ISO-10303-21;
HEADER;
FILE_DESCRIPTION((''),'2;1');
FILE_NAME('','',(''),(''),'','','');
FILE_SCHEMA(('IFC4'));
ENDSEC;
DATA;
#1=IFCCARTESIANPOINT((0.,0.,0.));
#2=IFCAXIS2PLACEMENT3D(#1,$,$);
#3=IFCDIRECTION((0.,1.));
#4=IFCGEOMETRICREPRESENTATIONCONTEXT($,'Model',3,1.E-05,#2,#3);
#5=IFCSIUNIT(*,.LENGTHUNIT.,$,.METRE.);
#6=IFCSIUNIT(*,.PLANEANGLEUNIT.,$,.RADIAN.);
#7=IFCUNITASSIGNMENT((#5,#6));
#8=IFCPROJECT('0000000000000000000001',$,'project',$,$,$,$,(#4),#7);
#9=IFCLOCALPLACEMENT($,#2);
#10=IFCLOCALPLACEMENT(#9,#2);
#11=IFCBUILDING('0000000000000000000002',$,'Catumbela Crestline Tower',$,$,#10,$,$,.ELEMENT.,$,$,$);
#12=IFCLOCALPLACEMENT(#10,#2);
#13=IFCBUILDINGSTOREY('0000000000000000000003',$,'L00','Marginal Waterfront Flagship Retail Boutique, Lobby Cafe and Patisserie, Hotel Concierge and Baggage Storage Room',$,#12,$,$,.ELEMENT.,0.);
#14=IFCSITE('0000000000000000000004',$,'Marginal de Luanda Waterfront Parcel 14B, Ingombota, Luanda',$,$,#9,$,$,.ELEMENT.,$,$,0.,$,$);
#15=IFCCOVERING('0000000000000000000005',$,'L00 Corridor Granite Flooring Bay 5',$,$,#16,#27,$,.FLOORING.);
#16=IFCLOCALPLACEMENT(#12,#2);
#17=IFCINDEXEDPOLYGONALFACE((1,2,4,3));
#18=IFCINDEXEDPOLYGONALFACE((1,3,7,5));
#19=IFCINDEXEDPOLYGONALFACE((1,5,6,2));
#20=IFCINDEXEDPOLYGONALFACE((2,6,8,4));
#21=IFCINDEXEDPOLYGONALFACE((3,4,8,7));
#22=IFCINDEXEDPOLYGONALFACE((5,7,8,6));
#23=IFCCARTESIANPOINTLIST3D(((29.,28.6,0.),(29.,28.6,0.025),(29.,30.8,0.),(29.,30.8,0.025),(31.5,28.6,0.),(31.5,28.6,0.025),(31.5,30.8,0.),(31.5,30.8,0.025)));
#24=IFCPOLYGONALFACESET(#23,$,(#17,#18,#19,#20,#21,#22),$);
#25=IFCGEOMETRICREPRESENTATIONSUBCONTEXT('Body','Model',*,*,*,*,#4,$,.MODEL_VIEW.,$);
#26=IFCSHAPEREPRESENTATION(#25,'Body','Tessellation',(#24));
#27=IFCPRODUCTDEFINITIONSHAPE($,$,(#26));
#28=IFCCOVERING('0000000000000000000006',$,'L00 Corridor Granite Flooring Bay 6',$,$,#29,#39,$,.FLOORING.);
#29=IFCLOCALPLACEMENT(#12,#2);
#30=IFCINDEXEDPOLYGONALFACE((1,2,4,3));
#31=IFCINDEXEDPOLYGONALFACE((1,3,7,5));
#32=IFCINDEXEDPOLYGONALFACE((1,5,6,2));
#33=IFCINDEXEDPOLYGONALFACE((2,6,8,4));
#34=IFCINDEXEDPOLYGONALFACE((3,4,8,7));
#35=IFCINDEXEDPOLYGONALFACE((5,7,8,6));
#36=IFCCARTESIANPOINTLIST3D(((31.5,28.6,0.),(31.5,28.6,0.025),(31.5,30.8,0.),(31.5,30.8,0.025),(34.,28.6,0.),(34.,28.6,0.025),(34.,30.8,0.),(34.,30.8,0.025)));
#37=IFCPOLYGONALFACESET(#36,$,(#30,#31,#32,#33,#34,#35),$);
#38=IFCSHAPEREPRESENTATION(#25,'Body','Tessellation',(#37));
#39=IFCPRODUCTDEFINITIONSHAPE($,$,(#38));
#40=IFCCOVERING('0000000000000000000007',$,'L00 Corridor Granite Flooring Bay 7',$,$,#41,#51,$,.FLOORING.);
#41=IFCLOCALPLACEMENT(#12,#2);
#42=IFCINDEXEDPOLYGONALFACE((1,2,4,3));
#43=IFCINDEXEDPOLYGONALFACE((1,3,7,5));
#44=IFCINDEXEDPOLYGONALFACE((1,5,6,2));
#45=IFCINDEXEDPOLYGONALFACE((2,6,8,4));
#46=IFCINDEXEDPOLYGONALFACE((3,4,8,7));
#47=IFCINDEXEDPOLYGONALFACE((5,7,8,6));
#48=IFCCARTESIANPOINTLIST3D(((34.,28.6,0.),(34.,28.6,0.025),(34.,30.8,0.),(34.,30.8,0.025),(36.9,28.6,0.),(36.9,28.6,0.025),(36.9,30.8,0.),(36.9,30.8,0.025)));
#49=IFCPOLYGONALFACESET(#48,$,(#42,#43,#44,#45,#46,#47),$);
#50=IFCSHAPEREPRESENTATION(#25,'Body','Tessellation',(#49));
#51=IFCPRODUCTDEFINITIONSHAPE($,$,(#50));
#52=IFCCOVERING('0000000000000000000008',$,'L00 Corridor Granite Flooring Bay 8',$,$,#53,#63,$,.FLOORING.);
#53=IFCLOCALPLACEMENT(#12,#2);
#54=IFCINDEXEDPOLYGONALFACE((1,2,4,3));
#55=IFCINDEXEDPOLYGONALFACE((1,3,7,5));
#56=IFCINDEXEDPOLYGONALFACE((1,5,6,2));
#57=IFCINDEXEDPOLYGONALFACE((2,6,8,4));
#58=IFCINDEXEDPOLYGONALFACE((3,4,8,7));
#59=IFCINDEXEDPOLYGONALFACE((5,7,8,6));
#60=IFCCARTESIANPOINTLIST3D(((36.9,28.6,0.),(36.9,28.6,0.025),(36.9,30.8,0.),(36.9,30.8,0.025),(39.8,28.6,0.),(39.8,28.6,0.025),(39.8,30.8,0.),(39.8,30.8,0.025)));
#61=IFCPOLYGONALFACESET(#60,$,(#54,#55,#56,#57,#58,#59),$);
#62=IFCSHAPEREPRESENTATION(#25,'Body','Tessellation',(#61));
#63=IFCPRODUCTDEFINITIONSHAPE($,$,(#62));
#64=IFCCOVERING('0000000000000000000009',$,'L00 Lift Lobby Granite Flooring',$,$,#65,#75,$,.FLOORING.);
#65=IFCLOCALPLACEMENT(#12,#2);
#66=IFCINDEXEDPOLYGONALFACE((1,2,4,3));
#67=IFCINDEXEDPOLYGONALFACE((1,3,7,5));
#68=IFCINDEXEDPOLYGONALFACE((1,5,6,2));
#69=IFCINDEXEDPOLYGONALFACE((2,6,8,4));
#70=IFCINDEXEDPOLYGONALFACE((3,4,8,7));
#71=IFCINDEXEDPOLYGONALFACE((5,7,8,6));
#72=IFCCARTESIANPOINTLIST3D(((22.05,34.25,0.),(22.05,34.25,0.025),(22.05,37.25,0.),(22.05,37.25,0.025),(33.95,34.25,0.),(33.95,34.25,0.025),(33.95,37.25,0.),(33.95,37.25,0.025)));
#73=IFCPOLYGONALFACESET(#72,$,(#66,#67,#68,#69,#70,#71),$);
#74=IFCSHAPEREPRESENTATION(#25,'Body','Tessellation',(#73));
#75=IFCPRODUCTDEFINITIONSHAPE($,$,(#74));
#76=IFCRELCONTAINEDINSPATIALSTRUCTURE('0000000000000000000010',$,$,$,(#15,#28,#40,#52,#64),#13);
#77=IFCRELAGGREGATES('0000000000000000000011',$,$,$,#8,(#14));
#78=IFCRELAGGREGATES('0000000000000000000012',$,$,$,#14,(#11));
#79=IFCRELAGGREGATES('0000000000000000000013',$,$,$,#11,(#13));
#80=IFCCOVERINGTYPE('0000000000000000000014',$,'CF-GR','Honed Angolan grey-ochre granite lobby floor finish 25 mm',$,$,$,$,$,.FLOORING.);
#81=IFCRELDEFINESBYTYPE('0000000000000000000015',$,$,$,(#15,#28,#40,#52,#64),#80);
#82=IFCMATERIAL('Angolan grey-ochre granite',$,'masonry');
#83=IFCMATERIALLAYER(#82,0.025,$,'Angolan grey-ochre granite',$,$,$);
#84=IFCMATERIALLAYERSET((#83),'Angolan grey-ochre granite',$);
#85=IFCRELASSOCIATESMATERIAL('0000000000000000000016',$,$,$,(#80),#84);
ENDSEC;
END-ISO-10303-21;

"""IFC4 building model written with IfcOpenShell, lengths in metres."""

from ifc_helpers import new_model, si_unit, direction, origin, place, context, subcontext, project, spatial, polyline, outline, extrude, material, layer, layer_set, type_object, element, save


model = new_model("IFC4")

# Units and contexts
model_context = context("Model", 3, precision=1e-05, world=origin(), true_north=direction((0.0, 1.0)))
body_context = subcontext(model_context, "Body", "Model", "MODEL_VIEW")
ifc_project = project(units=[si_unit("LENGTHUNIT", "METRE"), si_unit("PLANEANGLEUNIT", "RADIAN")], contexts=[model_context])

# Site, building, storey
site_placement = place(None, origin())
site = spatial("IfcSite", under=ifc_project, at=site_placement, Name="Marginal de Luanda Waterfront Parcel 14B, Ingombota, Luanda", CompositionType="ELEMENT", RefElevation=0.0)
building_placement = place(site_placement, origin())
building = spatial("IfcBuilding", under=site, at=building_placement, Name="Catumbela Crestline Tower", CompositionType="ELEMENT")
storey_placement = place(building_placement, origin())
storey = spatial("IfcBuildingStorey", under=building, at=storey_placement, Name="L00", Description="Marginal Waterfront Flagship Retail Boutique, Lobby Cafe and Patisserie, Hotel Concierge and Baggage Storage Room", CompositionType="ELEMENT", Elevation=0.0)

# Shared definitions
ifc_material_1 = material(Name="Angolan grey-ochre granite", Category="masonry")

# Coverings
ifc_layer_1 = layer(ifc_material_1, 0.025, Name="Angolan grey-ochre granite")
ifc_layer_set_1 = layer_set([ifc_layer_1], Name="Angolan grey-ochre granite")
covering_type_1 = type_object("IfcCoveringType", Name="CF-GR", Description="Honed Angolan grey-ochre granite lobby floor finish 25 mm", PredefinedType="FLOORING", material=ifc_layer_set_1)
covering_1_placement = place(storey_placement, origin())
element("IfcCovering", 1, at=covering_1_placement, inside=storey, type_object=covering_type_1, Name="L00 Corridor Granite Flooring Bay 5", PredefinedType="FLOORING", context=body_context, shape_type="SweptSolid", body=[
    extrude(outline(polyline([(29.0, 28.6), (31.5, 28.6), (31.5, 30.8), (29.0, 30.8), (29.0, 28.6)])), origin(), (0.0, 0.0, 1.0), 0.025),
])
covering_2_placement = place(storey_placement, origin())
element("IfcCovering", 2, at=covering_2_placement, inside=storey, type_object=covering_type_1, Name="L00 Corridor Granite Flooring Bay 6", PredefinedType="FLOORING", context=body_context, shape_type="SweptSolid", body=[
    extrude(outline(polyline([(31.5, 28.6), (34.0, 28.6), (34.0, 30.8), (31.5, 30.8), (31.5, 28.6)])), origin(), (0.0, 0.0, 1.0), 0.025),
])
covering_3_placement = place(storey_placement, origin())
element("IfcCovering", 3, at=covering_3_placement, inside=storey, type_object=covering_type_1, Name="L00 Corridor Granite Flooring Bay 7", PredefinedType="FLOORING", context=body_context, shape_type="SweptSolid", body=[
    extrude(outline(polyline([(34.0, 28.6), (36.9, 28.6), (36.9, 30.8), (34.0, 30.8), (34.0, 28.6)])), origin(), (0.0, 0.0, 1.0), 0.025),
])
covering_4_placement = place(storey_placement, origin())
element("IfcCovering", 4, at=covering_4_placement, inside=storey, type_object=covering_type_1, Name="L00 Corridor Granite Flooring Bay 8", PredefinedType="FLOORING", context=body_context, shape_type="SweptSolid", body=[
    extrude(outline(polyline([(36.9, 28.6), (39.8, 28.6), (39.8, 30.8), (36.9, 30.8), (36.9, 28.6)])), origin(), (0.0, 0.0, 1.0), 0.025),
])
covering_5_placement = place(storey_placement, origin())
element("IfcCovering", 5, at=covering_5_placement, inside=storey, type_object=covering_type_1, Name="L00 Lift Lobby Granite Flooring", PredefinedType="FLOORING", context=body_context, shape_type="SweptSolid", body=[
    extrude(outline(polyline([(22.05, 34.25), (33.95, 34.25), (33.95, 37.25), (22.05, 37.25), (22.05, 34.25)])), origin(), (0.0, 0.0, 1.0), 0.025),
])

save(model, "model.ifc")
